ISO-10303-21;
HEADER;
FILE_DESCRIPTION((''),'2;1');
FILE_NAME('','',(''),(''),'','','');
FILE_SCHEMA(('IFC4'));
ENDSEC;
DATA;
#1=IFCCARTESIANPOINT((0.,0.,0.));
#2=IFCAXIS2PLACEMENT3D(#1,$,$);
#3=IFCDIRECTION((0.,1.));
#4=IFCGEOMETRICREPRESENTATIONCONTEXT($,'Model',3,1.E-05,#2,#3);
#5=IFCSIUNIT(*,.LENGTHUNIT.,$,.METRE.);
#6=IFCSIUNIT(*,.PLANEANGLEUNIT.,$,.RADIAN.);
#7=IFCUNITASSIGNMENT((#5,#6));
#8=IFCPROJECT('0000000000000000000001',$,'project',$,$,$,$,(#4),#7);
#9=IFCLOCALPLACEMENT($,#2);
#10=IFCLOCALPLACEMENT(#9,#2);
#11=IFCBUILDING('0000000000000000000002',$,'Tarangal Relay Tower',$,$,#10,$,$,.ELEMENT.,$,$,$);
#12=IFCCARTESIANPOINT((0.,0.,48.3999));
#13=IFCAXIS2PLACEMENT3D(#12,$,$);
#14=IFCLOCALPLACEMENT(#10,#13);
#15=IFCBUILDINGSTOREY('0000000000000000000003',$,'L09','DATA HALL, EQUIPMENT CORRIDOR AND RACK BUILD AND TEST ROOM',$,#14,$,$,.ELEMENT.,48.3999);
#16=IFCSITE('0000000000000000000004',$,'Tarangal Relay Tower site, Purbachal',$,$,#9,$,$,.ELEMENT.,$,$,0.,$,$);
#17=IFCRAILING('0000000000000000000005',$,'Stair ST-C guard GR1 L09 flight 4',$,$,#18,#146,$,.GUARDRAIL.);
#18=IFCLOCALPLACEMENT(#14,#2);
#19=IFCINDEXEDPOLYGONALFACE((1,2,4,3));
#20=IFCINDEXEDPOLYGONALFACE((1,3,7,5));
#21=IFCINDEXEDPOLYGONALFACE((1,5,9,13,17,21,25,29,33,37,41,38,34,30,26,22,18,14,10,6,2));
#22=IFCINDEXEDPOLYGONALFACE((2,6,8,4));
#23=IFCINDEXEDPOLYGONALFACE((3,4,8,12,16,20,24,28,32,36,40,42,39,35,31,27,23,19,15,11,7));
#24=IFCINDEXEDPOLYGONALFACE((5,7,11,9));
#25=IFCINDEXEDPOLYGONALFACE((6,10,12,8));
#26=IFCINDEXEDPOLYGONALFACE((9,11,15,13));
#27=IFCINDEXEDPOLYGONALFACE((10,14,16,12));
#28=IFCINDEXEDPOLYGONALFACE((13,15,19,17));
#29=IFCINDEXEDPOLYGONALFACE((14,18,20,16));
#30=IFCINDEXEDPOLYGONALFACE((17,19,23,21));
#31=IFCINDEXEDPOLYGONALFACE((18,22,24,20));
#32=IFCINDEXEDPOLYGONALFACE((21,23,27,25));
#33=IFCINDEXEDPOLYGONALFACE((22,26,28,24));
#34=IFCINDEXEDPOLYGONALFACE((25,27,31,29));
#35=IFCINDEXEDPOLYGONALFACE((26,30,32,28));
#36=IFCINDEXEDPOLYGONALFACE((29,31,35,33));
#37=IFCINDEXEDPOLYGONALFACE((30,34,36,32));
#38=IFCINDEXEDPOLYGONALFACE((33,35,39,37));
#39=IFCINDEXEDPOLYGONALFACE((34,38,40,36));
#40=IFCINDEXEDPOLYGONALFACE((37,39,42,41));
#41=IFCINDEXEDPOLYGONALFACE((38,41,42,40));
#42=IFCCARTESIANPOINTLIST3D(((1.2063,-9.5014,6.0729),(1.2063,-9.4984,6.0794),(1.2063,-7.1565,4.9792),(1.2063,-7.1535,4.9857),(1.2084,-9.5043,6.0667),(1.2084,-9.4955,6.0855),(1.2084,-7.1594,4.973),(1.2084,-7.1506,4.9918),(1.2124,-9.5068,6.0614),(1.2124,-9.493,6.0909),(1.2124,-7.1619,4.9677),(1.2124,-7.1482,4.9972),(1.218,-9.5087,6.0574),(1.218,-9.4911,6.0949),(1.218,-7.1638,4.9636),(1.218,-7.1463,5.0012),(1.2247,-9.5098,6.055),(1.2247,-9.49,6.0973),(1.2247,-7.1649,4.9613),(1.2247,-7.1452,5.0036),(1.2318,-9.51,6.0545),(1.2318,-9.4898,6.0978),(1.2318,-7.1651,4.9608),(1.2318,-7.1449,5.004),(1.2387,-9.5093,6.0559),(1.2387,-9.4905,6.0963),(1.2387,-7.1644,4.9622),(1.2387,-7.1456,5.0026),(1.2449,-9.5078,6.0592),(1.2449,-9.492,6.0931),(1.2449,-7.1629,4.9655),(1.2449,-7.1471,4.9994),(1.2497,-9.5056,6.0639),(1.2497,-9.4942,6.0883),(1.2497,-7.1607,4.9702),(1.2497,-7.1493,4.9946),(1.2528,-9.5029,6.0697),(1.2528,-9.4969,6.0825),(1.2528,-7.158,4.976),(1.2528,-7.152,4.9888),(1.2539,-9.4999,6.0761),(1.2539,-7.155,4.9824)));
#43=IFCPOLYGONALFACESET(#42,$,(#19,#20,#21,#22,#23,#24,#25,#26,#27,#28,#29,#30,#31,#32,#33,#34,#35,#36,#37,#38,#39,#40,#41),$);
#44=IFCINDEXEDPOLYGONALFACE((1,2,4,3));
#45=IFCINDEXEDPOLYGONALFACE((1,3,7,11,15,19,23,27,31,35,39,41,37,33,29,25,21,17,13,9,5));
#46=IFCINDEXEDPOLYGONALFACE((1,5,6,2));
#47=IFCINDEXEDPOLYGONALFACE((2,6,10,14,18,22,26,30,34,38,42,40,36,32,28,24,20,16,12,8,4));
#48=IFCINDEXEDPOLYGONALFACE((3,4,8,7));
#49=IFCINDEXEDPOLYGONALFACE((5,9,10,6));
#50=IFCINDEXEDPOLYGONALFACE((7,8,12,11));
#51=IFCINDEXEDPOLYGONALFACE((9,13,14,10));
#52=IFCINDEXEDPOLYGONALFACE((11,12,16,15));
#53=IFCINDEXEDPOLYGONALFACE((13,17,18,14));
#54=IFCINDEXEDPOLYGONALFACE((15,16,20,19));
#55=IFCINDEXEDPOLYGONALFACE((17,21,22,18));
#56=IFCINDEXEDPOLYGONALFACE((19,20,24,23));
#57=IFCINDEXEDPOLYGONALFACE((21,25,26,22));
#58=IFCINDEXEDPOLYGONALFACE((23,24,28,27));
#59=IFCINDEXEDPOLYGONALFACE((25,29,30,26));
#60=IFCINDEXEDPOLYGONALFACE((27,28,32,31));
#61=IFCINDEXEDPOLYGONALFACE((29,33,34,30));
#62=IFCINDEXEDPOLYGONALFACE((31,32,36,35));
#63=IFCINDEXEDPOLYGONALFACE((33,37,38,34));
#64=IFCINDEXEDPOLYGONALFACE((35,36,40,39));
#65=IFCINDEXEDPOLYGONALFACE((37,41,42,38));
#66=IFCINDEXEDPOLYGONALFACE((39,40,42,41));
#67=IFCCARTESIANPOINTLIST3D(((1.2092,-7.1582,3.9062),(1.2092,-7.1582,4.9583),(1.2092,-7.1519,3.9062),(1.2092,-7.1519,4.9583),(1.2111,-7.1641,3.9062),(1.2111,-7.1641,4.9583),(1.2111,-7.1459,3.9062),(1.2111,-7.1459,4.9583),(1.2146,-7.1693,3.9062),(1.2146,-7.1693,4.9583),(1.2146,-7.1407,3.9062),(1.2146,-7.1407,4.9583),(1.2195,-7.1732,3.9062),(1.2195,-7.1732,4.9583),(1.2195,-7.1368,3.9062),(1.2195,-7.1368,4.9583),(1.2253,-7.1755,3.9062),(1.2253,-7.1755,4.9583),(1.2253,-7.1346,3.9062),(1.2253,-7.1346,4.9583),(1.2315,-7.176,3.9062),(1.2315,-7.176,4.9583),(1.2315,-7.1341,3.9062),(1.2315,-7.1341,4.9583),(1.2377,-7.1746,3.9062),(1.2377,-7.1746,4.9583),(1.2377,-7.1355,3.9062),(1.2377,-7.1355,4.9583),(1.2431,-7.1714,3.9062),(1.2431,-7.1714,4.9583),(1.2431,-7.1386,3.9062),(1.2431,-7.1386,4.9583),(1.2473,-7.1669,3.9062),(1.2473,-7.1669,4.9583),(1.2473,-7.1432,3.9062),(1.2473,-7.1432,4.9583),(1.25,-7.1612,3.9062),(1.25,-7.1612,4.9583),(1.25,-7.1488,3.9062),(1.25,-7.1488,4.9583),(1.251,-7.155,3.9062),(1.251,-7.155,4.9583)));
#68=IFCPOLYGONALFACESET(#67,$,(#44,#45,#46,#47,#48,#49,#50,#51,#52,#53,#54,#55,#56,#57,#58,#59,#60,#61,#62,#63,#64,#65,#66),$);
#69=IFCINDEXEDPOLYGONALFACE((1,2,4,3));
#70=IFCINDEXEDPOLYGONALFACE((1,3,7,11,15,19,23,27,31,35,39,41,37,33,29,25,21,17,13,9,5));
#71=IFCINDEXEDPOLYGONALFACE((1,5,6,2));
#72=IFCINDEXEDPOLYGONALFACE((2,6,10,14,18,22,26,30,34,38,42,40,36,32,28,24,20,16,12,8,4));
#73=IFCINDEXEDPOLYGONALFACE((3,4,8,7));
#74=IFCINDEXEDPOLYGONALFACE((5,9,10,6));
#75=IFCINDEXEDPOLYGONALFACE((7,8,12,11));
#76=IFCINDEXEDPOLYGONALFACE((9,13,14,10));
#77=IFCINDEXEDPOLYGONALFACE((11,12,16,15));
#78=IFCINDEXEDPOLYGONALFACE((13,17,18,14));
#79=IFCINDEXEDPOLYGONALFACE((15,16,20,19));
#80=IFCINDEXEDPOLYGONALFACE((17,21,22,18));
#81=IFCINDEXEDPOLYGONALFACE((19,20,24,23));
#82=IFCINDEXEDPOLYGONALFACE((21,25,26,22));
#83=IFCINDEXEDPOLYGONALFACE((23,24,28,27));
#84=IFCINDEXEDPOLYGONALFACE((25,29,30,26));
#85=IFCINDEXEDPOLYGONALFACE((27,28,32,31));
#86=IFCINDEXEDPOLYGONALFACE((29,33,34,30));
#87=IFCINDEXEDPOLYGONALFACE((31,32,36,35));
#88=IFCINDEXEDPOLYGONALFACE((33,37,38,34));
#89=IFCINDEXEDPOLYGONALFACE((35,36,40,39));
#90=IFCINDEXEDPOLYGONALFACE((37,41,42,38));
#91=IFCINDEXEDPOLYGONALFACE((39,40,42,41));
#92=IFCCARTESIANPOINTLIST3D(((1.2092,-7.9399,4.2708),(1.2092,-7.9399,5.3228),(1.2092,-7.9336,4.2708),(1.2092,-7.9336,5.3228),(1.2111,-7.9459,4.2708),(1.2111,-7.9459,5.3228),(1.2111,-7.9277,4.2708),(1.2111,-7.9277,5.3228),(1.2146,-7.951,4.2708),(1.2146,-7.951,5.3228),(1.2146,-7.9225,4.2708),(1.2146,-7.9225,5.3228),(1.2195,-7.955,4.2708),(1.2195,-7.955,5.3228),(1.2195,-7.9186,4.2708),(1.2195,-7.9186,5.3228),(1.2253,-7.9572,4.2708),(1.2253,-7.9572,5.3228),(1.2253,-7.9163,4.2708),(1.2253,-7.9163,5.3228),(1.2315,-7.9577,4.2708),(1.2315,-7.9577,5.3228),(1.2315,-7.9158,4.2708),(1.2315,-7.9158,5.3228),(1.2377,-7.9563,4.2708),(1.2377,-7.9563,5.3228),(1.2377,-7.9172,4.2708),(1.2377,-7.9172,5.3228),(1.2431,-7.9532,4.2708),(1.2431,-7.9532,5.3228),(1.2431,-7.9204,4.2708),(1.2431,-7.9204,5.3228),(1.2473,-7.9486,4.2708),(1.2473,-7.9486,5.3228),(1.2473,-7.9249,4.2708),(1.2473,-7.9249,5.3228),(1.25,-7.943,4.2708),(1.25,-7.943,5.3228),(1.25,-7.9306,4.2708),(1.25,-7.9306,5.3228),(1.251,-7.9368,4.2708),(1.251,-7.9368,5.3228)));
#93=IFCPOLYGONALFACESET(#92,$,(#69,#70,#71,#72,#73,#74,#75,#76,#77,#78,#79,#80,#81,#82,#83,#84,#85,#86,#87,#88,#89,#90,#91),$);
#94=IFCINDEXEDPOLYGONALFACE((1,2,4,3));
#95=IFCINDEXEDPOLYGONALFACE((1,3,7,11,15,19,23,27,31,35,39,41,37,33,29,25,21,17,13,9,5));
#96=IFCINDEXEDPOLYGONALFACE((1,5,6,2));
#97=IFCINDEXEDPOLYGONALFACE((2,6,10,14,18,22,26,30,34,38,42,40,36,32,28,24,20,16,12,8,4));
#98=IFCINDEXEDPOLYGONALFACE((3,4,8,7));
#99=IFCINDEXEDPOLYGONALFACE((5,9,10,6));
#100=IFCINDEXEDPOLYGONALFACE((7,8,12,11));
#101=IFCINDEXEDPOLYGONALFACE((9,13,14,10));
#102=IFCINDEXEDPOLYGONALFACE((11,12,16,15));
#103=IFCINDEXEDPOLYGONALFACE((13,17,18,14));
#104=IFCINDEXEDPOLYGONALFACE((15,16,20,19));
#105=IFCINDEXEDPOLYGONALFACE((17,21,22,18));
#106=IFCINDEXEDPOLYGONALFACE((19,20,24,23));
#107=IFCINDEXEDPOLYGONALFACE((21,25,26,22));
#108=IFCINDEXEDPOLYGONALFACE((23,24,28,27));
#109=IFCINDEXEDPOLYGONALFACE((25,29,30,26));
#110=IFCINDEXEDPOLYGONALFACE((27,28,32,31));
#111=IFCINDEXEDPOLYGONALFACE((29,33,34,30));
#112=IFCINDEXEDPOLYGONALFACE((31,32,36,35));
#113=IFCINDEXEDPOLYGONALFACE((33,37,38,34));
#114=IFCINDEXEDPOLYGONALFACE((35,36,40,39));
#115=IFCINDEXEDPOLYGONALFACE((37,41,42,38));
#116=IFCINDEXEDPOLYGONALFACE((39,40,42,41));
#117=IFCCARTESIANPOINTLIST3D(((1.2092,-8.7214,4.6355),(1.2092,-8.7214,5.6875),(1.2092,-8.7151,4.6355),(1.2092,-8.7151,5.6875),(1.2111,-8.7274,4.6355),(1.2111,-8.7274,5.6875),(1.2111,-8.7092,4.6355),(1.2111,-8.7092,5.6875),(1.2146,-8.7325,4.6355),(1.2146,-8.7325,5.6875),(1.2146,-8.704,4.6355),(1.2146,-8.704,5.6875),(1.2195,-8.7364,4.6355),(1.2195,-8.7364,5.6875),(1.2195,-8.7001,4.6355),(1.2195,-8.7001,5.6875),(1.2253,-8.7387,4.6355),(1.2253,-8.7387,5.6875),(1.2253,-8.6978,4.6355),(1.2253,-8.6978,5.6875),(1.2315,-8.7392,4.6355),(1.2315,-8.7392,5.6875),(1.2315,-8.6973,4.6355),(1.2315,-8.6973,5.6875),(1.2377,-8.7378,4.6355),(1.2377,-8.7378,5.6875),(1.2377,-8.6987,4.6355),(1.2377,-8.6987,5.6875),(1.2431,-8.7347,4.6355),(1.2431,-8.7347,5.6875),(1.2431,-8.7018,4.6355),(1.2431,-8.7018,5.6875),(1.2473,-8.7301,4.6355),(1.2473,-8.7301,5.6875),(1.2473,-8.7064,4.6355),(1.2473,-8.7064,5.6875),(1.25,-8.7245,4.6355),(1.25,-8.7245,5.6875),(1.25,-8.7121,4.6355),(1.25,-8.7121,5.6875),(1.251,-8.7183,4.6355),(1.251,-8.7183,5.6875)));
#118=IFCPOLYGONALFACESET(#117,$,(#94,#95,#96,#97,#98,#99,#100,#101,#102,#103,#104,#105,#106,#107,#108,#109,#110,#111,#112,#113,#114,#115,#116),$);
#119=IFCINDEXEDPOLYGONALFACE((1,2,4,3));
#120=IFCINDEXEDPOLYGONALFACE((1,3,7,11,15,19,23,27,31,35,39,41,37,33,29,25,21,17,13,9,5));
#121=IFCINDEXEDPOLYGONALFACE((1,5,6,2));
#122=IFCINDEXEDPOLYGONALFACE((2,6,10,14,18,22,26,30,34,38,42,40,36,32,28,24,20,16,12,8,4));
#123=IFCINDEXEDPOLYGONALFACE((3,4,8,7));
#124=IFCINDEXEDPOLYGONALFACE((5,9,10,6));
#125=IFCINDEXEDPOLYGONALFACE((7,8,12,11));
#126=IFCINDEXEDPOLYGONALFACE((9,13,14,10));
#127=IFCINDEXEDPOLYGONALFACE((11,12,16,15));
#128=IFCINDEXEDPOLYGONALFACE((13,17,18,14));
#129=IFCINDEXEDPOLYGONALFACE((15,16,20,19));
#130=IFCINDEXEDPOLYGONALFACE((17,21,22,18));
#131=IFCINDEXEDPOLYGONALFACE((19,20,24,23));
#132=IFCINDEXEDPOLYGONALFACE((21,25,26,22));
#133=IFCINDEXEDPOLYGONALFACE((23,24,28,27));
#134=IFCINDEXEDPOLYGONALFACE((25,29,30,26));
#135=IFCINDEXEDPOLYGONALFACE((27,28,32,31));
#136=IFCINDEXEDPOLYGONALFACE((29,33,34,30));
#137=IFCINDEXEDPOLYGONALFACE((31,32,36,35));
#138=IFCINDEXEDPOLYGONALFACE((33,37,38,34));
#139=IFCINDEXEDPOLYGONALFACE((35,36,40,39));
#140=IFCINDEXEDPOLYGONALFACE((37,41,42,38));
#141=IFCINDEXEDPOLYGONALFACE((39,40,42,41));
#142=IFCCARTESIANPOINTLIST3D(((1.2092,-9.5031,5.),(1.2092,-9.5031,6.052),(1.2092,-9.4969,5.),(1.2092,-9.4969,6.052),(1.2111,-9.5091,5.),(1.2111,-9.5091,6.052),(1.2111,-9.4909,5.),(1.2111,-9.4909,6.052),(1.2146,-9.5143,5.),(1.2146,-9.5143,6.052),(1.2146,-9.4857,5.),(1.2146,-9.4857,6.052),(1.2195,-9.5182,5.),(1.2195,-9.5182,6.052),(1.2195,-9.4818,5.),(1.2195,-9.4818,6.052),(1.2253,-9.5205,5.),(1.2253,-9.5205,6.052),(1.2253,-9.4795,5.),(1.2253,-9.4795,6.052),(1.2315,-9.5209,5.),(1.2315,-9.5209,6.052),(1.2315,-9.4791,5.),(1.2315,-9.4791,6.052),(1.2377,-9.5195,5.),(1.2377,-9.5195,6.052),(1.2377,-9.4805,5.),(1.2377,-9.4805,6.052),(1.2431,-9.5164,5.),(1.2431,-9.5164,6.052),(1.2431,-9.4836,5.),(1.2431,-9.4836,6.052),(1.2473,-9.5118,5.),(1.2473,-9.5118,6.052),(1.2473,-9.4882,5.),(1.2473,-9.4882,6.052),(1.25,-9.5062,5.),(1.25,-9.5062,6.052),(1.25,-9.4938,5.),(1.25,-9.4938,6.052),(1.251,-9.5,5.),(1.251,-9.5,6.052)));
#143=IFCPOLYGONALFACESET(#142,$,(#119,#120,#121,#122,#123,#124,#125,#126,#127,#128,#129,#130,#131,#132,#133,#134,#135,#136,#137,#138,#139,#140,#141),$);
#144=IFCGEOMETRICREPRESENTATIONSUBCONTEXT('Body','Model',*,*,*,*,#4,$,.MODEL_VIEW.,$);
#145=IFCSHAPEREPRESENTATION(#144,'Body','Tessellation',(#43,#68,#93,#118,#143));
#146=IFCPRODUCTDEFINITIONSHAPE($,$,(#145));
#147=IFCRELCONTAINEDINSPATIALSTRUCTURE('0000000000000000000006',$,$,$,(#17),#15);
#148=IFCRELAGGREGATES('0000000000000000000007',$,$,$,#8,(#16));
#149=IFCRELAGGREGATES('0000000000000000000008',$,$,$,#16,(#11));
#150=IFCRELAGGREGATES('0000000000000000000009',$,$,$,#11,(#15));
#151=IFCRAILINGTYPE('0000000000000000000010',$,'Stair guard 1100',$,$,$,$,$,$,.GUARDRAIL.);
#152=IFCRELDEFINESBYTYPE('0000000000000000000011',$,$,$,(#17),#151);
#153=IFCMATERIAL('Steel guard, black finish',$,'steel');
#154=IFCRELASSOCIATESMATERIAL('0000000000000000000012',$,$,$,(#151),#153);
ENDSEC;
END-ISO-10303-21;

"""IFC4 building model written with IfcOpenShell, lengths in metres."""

from ifc_helpers import new_model, si_unit, direction, frame, origin, origin_2d, place, context, subcontext, project, spatial, circle, extrude, material, type_object, element, save


model = new_model("IFC4")

# Units and contexts
model_context = context("Model", 3, precision=1e-05, world=origin(), true_north=direction((0.0, 1.0)))
body_context = subcontext(model_context, "Body", "Model", "MODEL_VIEW")
ifc_project = project(units=[si_unit("LENGTHUNIT", "METRE"), si_unit("PLANEANGLEUNIT", "RADIAN")], contexts=[model_context])

# Site, building, storey
site_placement = place(None, origin())
site = spatial("IfcSite", under=ifc_project, at=site_placement, Name="Tarangal Relay Tower site, Purbachal", CompositionType="ELEMENT", RefElevation=0.0)
building_placement = place(site_placement, origin())
building = spatial("IfcBuilding", under=site, at=building_placement, Name="Tarangal Relay Tower", CompositionType="ELEMENT")
storey_placement = place(building_placement, frame((0.0, 0.0, 48.3999)))
storey = spatial("IfcBuildingStorey", under=building, at=storey_placement, Name="L09", Description="DATA HALL, EQUIPMENT CORRIDOR AND RACK BUILD AND TEST ROOM", CompositionType="ELEMENT", Elevation=48.3999)

# Railing
ifc_material_1 = material(Name="Steel guard, black finish", Category="steel")
railing_type_1 = type_object("IfcRailingType", Name="Stair guard 1100", PredefinedType="GUARDRAIL", material=ifc_material_1)
for number, where, name in (
    (1, (1.23, -7.155, 3.9062), "Stair ST-C guard GR1 L09 flight 4"),
):
    element("IfcRailing", number, at=place(storey_placement, frame(where)), inside=storey, type_object=railing_type_1, Name=name, PredefinedType="GUARDRAIL", context=body_context, shape_type="SweptSolid", body=[
        extrude(circle(Radius=0.0239, at=origin_2d()), frame((0.0, 0.0, 1.0762), z_axis=(0.0, -0.906267, 0.422705), x_axis=(1.0, 0.0, 0.0)), (0.0, 0.0, 1.0), 2.5874),
        extrude(circle(Radius=0.021, at=origin_2d()), origin(), (0.0, 0.0, 1.0), 1.052),
        extrude(circle(Radius=0.021, at=origin_2d()), frame((0.0, -0.7817, 0.3645)), (0.0, 0.0, 1.0), 1.052),
        extrude(circle(Radius=0.021, at=origin_2d()), frame((0.0, -1.5632, 0.7292)), (0.0, 0.0, 1.0), 1.052),
        extrude(circle(Radius=0.021, at=origin_2d()), frame((0.0, -2.345, 1.0938)), (0.0, 0.0, 1.0), 1.052),
    ])

save(model, "model.ifc")
